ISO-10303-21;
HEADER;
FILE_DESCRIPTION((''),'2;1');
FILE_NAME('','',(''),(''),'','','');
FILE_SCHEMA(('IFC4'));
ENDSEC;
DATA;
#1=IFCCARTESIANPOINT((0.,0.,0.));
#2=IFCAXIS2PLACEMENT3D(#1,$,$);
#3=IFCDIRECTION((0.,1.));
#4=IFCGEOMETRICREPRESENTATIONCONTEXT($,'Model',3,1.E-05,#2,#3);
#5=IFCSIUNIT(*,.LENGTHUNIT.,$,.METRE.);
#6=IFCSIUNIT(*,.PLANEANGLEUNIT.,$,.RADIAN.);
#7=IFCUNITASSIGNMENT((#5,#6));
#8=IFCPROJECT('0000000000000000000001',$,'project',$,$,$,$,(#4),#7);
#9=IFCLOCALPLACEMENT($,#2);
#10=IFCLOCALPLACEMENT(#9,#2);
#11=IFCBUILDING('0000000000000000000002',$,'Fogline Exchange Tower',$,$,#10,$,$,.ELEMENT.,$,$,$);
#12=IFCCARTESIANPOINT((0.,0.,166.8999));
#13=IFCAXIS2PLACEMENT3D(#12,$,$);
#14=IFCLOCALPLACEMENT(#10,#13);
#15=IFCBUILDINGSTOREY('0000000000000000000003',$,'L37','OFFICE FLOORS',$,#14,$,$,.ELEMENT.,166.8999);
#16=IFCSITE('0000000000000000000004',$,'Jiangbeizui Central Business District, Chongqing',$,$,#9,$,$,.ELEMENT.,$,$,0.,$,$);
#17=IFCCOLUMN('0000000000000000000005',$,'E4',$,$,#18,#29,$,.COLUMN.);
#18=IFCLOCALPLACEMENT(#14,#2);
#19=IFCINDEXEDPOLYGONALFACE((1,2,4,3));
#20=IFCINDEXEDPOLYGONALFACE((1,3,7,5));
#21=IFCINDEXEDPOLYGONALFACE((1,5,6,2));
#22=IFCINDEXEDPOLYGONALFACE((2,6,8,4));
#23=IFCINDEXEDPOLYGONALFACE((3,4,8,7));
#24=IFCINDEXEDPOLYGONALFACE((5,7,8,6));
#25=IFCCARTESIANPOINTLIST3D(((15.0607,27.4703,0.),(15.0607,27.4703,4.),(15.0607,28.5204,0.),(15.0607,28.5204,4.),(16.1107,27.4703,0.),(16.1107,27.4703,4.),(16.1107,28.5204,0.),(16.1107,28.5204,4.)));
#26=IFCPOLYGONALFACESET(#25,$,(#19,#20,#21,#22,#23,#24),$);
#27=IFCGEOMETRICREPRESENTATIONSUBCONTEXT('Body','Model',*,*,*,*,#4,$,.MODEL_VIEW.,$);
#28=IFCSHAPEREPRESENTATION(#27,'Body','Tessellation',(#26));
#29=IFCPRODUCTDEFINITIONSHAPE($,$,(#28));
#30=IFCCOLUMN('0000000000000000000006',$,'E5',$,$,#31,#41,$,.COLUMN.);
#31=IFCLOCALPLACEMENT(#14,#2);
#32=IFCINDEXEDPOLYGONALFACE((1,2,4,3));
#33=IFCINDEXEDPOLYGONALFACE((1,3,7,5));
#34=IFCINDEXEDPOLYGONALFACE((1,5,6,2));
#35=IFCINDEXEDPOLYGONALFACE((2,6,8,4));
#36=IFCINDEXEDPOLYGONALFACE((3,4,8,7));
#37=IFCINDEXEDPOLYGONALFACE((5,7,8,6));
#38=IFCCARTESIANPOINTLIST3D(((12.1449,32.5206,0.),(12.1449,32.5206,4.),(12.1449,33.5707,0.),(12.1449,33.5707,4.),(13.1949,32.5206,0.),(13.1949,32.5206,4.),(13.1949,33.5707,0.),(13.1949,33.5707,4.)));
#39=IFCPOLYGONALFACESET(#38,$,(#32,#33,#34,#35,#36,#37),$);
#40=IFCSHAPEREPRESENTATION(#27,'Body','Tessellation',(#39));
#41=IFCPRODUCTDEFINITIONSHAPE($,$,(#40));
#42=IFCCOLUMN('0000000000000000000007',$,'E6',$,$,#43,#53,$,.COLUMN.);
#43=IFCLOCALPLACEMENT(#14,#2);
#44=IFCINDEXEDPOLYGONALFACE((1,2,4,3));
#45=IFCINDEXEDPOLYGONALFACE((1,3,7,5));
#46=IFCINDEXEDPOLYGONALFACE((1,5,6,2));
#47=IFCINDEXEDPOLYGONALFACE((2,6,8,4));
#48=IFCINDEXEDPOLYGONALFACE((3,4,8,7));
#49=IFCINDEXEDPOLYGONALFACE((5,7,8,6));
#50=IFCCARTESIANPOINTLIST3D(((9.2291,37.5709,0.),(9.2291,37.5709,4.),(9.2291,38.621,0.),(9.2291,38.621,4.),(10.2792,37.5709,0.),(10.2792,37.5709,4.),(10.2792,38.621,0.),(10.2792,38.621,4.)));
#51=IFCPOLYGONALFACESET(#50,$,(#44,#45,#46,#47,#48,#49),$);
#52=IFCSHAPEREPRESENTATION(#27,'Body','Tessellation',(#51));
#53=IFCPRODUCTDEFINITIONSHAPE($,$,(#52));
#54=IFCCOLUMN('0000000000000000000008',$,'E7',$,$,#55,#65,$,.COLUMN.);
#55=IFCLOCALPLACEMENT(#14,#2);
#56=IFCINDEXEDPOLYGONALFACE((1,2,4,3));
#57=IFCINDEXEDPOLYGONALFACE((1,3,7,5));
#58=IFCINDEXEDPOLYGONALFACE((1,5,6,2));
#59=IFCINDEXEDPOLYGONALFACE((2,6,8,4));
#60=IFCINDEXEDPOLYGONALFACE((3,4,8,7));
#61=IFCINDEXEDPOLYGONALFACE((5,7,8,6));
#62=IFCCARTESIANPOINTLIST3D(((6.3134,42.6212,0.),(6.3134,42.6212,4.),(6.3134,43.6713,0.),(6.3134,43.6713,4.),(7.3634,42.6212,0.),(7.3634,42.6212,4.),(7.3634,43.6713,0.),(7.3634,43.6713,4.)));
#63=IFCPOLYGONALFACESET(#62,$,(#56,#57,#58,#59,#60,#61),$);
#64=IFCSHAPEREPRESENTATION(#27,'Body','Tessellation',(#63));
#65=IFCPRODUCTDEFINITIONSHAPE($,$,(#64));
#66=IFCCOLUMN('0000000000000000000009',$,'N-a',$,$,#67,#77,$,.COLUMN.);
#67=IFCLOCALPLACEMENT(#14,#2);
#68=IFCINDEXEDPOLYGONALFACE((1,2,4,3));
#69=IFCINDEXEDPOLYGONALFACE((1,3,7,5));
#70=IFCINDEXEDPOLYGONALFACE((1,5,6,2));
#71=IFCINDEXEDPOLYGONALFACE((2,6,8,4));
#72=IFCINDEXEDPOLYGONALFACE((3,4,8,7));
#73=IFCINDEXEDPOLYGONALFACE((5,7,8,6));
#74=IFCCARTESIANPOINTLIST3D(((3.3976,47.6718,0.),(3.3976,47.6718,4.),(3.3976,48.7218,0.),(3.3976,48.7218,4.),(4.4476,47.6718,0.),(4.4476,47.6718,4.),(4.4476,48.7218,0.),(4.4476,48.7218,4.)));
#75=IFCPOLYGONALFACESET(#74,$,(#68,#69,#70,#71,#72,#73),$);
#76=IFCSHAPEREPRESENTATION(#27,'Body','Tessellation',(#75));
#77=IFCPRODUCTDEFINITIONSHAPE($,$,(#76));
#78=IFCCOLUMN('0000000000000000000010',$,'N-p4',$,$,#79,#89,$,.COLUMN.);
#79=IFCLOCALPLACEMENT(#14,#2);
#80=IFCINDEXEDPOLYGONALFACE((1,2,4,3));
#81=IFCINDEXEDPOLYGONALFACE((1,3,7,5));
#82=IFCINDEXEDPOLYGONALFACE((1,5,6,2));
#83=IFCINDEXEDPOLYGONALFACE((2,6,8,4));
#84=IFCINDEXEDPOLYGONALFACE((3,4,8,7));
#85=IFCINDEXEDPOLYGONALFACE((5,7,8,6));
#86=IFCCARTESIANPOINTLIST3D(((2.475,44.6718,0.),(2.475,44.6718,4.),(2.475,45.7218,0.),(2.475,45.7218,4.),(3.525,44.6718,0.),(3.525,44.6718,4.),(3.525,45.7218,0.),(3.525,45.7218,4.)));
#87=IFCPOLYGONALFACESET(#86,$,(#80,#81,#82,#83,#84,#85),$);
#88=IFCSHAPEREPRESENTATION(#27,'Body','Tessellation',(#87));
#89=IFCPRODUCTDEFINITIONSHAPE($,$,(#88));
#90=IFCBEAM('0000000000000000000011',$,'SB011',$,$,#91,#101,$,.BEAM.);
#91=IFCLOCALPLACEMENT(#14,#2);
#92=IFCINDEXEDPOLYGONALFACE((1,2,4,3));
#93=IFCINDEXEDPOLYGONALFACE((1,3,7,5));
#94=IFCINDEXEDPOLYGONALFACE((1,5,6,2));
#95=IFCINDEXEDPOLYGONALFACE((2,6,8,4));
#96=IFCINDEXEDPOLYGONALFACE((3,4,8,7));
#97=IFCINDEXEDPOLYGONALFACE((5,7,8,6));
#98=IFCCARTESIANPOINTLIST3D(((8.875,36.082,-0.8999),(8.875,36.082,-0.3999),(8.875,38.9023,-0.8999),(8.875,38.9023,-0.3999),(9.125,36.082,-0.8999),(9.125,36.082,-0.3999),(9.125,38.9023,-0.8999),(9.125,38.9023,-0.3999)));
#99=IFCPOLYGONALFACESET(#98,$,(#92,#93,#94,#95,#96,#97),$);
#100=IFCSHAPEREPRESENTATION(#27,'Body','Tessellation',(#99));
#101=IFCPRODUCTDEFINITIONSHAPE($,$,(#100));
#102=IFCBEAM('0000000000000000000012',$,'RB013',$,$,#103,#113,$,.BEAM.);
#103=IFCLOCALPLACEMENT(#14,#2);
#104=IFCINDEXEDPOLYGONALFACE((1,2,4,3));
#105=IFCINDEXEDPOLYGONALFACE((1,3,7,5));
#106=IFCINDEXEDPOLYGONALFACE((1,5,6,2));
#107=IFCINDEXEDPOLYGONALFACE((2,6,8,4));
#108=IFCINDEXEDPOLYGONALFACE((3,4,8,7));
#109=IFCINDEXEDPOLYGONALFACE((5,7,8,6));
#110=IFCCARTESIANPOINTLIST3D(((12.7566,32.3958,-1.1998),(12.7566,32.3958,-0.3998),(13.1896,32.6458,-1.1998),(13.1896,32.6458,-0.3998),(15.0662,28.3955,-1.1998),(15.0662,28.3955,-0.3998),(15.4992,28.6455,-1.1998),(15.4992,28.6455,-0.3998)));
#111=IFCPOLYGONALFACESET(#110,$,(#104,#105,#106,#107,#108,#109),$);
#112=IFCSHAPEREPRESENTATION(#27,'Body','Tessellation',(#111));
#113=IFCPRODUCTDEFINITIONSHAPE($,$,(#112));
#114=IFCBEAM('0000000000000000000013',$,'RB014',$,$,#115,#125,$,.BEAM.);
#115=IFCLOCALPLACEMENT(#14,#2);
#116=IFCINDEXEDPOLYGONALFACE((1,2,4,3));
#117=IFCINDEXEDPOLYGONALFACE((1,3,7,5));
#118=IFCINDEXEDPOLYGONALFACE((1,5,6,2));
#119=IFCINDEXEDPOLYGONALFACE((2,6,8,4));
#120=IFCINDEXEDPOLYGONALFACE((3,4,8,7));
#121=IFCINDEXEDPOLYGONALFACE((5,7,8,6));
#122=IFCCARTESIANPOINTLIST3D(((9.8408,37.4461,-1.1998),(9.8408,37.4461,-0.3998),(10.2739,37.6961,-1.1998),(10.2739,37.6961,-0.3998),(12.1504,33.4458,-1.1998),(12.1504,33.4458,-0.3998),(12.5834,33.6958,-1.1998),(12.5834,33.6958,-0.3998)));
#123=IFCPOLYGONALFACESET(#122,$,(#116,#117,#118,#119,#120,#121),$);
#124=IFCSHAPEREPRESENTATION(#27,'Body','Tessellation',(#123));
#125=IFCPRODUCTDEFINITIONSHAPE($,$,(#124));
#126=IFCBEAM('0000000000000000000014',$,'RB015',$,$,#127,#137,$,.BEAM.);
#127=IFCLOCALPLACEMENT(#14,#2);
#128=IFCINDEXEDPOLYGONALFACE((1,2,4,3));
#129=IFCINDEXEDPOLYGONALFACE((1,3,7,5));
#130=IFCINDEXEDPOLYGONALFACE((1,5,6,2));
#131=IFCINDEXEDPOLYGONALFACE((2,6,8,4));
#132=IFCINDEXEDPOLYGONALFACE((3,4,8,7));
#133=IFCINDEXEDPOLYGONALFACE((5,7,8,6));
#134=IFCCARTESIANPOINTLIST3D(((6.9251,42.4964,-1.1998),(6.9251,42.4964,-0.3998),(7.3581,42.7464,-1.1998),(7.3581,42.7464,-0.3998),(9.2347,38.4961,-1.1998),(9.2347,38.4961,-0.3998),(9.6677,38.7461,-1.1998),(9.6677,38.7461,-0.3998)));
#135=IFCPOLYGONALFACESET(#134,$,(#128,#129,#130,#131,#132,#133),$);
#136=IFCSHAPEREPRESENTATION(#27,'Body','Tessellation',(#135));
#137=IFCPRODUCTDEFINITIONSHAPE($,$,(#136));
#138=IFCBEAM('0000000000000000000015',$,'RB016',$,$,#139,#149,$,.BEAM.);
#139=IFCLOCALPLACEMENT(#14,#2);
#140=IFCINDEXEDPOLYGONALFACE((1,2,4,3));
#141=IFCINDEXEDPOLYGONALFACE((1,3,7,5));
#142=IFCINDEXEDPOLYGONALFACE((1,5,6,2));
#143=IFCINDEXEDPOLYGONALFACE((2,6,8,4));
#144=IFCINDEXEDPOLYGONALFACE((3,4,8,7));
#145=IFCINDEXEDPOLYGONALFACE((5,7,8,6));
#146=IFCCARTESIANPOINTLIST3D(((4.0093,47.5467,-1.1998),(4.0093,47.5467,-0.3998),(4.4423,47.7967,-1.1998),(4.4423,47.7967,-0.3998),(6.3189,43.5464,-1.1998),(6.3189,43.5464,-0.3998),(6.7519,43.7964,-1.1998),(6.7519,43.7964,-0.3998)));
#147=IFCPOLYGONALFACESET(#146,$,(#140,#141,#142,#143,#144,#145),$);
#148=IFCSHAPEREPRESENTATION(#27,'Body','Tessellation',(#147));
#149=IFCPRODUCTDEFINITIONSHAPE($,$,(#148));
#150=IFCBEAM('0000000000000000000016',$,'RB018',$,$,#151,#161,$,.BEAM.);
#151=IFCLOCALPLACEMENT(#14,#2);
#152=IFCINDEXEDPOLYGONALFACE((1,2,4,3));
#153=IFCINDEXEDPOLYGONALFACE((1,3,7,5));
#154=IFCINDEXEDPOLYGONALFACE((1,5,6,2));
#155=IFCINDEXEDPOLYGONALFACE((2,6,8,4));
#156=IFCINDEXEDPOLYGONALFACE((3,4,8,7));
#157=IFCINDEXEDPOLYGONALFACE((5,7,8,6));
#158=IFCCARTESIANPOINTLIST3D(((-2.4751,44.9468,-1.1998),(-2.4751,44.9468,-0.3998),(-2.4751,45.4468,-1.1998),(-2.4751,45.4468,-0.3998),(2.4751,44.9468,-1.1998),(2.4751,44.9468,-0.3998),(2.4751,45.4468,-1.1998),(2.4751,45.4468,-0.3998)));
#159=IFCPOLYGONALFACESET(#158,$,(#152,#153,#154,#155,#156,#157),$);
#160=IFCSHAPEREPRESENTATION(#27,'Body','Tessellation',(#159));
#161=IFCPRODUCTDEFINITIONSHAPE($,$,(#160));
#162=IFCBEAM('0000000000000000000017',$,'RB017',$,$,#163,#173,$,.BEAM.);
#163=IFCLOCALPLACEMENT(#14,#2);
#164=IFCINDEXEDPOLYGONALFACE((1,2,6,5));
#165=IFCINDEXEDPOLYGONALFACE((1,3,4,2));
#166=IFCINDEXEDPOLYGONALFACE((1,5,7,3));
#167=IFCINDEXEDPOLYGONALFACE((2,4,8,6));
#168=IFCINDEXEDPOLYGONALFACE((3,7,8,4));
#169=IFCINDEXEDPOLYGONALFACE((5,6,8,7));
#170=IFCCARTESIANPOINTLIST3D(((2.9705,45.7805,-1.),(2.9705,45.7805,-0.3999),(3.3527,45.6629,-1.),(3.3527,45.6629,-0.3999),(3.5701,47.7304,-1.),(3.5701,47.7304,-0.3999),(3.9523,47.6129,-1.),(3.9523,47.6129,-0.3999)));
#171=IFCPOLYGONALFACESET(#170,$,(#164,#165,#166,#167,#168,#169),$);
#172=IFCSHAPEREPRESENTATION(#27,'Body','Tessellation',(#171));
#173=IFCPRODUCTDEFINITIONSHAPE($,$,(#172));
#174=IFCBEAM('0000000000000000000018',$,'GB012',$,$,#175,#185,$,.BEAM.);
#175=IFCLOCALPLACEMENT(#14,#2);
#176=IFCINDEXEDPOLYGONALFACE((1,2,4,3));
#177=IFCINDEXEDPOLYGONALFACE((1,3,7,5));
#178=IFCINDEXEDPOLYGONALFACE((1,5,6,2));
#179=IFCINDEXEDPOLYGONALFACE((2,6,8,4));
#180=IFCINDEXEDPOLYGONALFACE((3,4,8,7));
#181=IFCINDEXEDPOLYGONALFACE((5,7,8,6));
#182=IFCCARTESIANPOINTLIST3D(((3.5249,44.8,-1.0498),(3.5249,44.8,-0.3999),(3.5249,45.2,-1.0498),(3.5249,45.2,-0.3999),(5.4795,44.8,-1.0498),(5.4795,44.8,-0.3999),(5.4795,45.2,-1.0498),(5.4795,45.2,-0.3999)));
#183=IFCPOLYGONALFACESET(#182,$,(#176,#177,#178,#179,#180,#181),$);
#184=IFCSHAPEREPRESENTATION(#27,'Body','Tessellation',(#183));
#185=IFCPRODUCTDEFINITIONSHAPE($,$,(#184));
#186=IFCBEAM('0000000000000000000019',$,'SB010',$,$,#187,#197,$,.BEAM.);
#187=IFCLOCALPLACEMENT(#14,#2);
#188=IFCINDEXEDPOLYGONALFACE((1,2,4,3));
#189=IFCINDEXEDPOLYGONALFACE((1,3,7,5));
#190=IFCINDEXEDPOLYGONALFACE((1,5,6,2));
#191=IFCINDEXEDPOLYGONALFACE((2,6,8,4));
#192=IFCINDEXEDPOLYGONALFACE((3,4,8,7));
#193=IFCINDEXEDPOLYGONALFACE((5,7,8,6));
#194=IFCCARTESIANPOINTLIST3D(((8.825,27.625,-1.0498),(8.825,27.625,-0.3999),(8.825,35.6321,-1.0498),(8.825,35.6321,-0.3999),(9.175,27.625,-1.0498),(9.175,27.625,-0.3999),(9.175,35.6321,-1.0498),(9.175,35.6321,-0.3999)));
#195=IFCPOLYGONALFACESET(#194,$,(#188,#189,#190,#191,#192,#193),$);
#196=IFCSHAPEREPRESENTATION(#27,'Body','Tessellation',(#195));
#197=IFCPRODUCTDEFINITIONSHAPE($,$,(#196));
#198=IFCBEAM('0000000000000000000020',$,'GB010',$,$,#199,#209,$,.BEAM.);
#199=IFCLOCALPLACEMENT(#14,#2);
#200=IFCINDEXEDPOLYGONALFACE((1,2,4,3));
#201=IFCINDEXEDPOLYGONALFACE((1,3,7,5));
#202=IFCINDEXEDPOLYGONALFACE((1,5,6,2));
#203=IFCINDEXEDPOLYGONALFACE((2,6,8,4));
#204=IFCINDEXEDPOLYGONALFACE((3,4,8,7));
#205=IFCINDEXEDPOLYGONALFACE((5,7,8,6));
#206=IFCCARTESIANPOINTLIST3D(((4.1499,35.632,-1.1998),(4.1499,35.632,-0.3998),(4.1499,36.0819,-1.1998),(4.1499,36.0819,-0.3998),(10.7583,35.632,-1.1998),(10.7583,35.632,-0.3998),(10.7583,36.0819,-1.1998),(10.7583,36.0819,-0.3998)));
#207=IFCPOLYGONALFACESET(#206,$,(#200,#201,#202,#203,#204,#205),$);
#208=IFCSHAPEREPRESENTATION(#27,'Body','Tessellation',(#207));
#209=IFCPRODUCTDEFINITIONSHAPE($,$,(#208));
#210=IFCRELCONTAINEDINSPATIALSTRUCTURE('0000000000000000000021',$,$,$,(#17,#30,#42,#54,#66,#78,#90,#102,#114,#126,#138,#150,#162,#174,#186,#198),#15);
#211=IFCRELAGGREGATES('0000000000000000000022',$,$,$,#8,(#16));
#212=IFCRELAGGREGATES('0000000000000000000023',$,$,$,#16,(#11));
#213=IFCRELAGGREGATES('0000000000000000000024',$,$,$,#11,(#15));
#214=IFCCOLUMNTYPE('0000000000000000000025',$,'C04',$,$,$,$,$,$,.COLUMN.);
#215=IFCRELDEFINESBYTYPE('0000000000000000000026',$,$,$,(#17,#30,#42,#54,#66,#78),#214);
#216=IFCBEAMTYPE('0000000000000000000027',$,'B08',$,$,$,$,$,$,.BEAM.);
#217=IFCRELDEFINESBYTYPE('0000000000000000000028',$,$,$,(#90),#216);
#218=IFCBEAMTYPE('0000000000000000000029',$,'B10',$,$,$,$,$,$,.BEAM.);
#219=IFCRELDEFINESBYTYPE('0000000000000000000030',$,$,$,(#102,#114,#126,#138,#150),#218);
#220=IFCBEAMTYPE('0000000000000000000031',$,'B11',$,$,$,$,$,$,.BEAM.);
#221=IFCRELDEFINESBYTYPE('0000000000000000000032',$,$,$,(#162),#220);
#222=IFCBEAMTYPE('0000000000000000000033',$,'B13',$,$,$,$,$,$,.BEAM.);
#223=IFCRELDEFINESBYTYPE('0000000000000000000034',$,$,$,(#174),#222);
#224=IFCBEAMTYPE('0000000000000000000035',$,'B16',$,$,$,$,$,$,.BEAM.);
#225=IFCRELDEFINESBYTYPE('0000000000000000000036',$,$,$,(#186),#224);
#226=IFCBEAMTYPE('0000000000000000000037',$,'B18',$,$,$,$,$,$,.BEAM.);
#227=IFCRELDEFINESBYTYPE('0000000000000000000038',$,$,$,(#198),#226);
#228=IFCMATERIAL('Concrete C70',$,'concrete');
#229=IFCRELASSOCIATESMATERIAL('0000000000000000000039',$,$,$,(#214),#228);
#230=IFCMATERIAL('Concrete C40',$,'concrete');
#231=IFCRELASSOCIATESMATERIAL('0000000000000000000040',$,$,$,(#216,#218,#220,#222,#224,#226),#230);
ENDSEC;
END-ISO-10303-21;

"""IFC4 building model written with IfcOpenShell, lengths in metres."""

from ifc_helpers import new_model, si_unit, direction, frame, origin, origin_2d, place, context, subcontext, project, spatial, rectangle, extrude, material, material_profile, profile_set, type_object, element, save


model = new_model("IFC4")

# Units and contexts
model_context = context("Model", 3, precision=1e-05, world=origin(), true_north=direction((0.0, 1.0)))
body_context = subcontext(model_context, "Body", "Model", "MODEL_VIEW")
ifc_project = project(units=[si_unit("LENGTHUNIT", "METRE"), si_unit("PLANEANGLEUNIT", "RADIAN")], contexts=[model_context])

# Site, building, storey
site_placement = place(None, origin())
site = spatial("IfcSite", under=ifc_project, at=site_placement, Name="Jiangbeizui Central Business District, Chongqing", CompositionType="ELEMENT", RefElevation=0.0)
building_placement = place(site_placement, origin())
building = spatial("IfcBuilding", under=site, at=building_placement, Name="Fogline Exchange Tower", CompositionType="ELEMENT")
storey_placement = place(building_placement, frame((0.0, 0.0, 166.8999)))
storey = spatial("IfcBuildingStorey", under=building, at=storey_placement, Name="L37", Description="OFFICE FLOORS", CompositionType="ELEMENT", Elevation=166.8999)

# Columns
ifc_material_1 = material(Name="Concrete C70", Category="concrete")
ifc_material_profile_1 = material_profile(ifc_material_1, rectangle(XDim=1.05, YDim=1.05, at=origin_2d()), Name="RC 1050x1050")
ifc_profile_set_1 = profile_set([ifc_material_profile_1], Name="Concrete C70")
column_type = type_object("IfcColumnType", Name="C04", PredefinedType="COLUMN", material=ifc_profile_set_1)
for number, where, z_axis, x_axis, name in (
    (1, (15.5857, 27.9954, 0.0), (0.0, 0.0, 1.0), (1.0, 0.0, 0.0), "E4"),
    (2, (12.6699, 33.0457, 0.0), (0.0, 0.0, 1.0), (1.0, 0.0, 0.0), "E5"),
    (3, (9.7542, 38.0959, 0.0), (0.0, 0.0, 1.0), (1.0, 0.0, 0.0), "E6"),
    (4, (6.8384, 43.1462, 0.0), (0.0, 0.0, 1.0), (1.0, 0.0, 0.0), "E7"),
    (5, (3.9226, 48.1968, 0.0), (0.0, 0.0, 1.0), (1.0, 0.0, 0.0), "N-a"),
    (6, (3.0, 45.1968, 0.0), (0.0, 0.0, 1.0), (1.0, 0.0, 0.0), "N-p4"),
):
    element("IfcColumn", number, at=place(storey_placement, frame(where, z_axis=z_axis, x_axis=x_axis)), inside=storey, type_object=column_type, Name=name, PredefinedType="COLUMN", context=body_context, shape_type="SweptSolid", body=[
        extrude(rectangle(XDim=1.05, YDim=1.05, at=origin_2d()), origin(), (0.0, 0.0, 1.0), 4.0),
    ])

# Beams
ifc_material_2 = material(Name="Concrete C40", Category="concrete")
ifc_material_profile_2 = material_profile(ifc_material_2, rectangle(XDim=0.25, YDim=0.5, at=origin_2d()), Name="RC 250x500")
ifc_profile_set_2 = profile_set([ifc_material_profile_2], Name="Concrete C40")
beam_type_1 = type_object("IfcBeamType", Name="B08", PredefinedType="BEAM", material=ifc_profile_set_2)
beam_1_placement = place(storey_placement, frame((9.0, 36.082, -0.6499), z_axis=(0.0, 1.0, 0.0), x_axis=(-1.0, 0.0, 0.0)))
element("IfcBeam", 7, at=beam_1_placement, inside=storey, type_object=beam_type_1, Name="SB011", PredefinedType="BEAM", context=body_context, shape_type="SweptSolid", body=[
    extrude(rectangle(XDim=0.25, YDim=0.5, at=origin_2d()), origin(), (0.0, 0.0, 1.0), 2.8203),
])
ifc_material_profile_3 = material_profile(ifc_material_2, rectangle(XDim=0.5, YDim=0.8, at=origin_2d()), Name="RC 500x800")
ifc_profile_set_3 = profile_set([ifc_material_profile_3], Name="Concrete C40")
beam_type_2 = type_object("IfcBeamType", Name="B10", PredefinedType="BEAM", material=ifc_profile_set_3)
for number, where, z_axis, x_axis, name in (
    (8, (15.2827, 28.5205, -0.7998), (-0.500005, 0.866023, 0.0), (-0.866023, -0.500005, 0.0), "RB013"),
    (9, (12.3669, 33.5708, -0.7998), (-0.500005, 0.866023, 0.0), (-0.866023, -0.500005, 0.0), "RB014"),
    (10, (9.4512, 38.6211, -0.7998), (-0.500005, 0.866023, 0.0), (-0.866023, -0.500005, 0.0), "RB015"),
    (11, (6.5354, 43.6714, -0.7998), (-0.500005, 0.866023, 0.0), (-0.866023, -0.500005, 0.0), "RB016"),
):
    element("IfcBeam", number, at=place(storey_placement, frame(where, z_axis=z_axis, x_axis=x_axis)), inside=storey, type_object=beam_type_2, Name=name, PredefinedType="BEAM", context=body_context, shape_type="SweptSolid", body=[
        extrude(rectangle(XDim=0.5, YDim=0.8, at=origin_2d()), origin(), (0.0, 0.0, 1.0), 4.6191),
    ])
beam_2_placement = place(storey_placement, frame((2.4751, 45.1968, -0.7998), z_axis=(-1.0, 0.0, 0.0), x_axis=(0.0, -1.0, 0.0)))
element("IfcBeam", 12, at=beam_2_placement, inside=storey, type_object=beam_type_2, Name="RB018", PredefinedType="BEAM", context=body_context, shape_type="SweptSolid", body=[
    extrude(rectangle(XDim=0.5, YDim=0.8, at=origin_2d()), origin(), (0.0, 0.0, 1.0), 4.9502),
])
ifc_material_profile_4 = material_profile(ifc_material_2, rectangle(XDim=0.3999, YDim=0.6001, at=origin_2d()), Name="RC 400x600")
ifc_profile_set_4 = profile_set([ifc_material_profile_4], Name="Concrete C40")
beam_type_3 = type_object("IfcBeamType", Name="B11", PredefinedType="BEAM", material=ifc_profile_set_4)
beam_3_placement = place(storey_placement, frame((3.7612, 47.6716, -0.7), z_axis=(-0.293918, -0.955831, 0.0), x_axis=(0.955831, -0.293918, 0.0)))
element("IfcBeam", 13, at=beam_3_placement, inside=storey, type_object=beam_type_3, Name="RB017", PredefinedType="BEAM", context=body_context, shape_type="SweptSolid", body=[
    extrude(rectangle(XDim=0.3999, YDim=0.6001, at=origin_2d()), origin(), (0.0, 0.0, 1.0), 2.04),
])
ifc_material_profile_5 = material_profile(ifc_material_2, rectangle(XDim=0.3999, YDim=0.6499, at=origin_2d()), Name="RC 400x650")
ifc_profile_set_5 = profile_set([ifc_material_profile_5], Name="Concrete C40")
beam_type_4 = type_object("IfcBeamType", Name="B13", PredefinedType="BEAM", material=ifc_profile_set_5)
beam_4_placement = place(storey_placement, frame((3.5249, 45.0, -0.7249), z_axis=(1.0, 0.0, 0.0), x_axis=(0.0, 1.0, 0.0)))
element("IfcBeam", 14, at=beam_4_placement, inside=storey, type_object=beam_type_4, Name="GB012", PredefinedType="BEAM", context=body_context, shape_type="SweptSolid", body=[
    extrude(rectangle(XDim=0.3999, YDim=0.6499, at=origin_2d()), origin(), (0.0, 0.0, 1.0), 1.9546),
])
ifc_material_profile_6 = material_profile(ifc_material_2, rectangle(XDim=0.3501, YDim=0.6499, at=origin_2d()), Name="RC 350x650")
ifc_profile_set_6 = profile_set([ifc_material_profile_6], Name="Concrete C40")
beam_type_5 = type_object("IfcBeamType", Name="B16", PredefinedType="BEAM", material=ifc_profile_set_6)
beam_5_placement = place(storey_placement, frame((9.0, 27.625, -0.7249), z_axis=(0.0, 1.0, 0.0), x_axis=(-1.0, 0.0, 0.0)))
element("IfcBeam", 15, at=beam_5_placement, inside=storey, type_object=beam_type_5, Name="SB010", PredefinedType="BEAM", context=body_context, shape_type="SweptSolid", body=[
    extrude(rectangle(XDim=0.3501, YDim=0.6499, at=origin_2d()), origin(), (0.0, 0.0, 1.0), 8.0071),
])
ifc_material_profile_7 = material_profile(ifc_material_2, rectangle(XDim=0.45, YDim=0.8, at=origin_2d()), Name="RC 450x800")
ifc_profile_set_7 = profile_set([ifc_material_profile_7], Name="Concrete C40")
beam_type_6 = type_object("IfcBeamType", Name="B18", PredefinedType="BEAM", material=ifc_profile_set_7)
beam_6_placement = place(storey_placement, frame((4.1499, 35.8569, -0.7998), z_axis=(1.0, 0.0, 0.0), x_axis=(0.0, 1.0, 0.0)))
element("IfcBeam", 16, at=beam_6_placement, inside=storey, type_object=beam_type_6, Name="GB010", PredefinedType="BEAM", context=body_context, shape_type="SweptSolid", body=[
    extrude(rectangle(XDim=0.45, YDim=0.8, at=origin_2d()), origin(), (0.0, 0.0, 1.0), 6.6084),
])

save(model, "model.ifc")
